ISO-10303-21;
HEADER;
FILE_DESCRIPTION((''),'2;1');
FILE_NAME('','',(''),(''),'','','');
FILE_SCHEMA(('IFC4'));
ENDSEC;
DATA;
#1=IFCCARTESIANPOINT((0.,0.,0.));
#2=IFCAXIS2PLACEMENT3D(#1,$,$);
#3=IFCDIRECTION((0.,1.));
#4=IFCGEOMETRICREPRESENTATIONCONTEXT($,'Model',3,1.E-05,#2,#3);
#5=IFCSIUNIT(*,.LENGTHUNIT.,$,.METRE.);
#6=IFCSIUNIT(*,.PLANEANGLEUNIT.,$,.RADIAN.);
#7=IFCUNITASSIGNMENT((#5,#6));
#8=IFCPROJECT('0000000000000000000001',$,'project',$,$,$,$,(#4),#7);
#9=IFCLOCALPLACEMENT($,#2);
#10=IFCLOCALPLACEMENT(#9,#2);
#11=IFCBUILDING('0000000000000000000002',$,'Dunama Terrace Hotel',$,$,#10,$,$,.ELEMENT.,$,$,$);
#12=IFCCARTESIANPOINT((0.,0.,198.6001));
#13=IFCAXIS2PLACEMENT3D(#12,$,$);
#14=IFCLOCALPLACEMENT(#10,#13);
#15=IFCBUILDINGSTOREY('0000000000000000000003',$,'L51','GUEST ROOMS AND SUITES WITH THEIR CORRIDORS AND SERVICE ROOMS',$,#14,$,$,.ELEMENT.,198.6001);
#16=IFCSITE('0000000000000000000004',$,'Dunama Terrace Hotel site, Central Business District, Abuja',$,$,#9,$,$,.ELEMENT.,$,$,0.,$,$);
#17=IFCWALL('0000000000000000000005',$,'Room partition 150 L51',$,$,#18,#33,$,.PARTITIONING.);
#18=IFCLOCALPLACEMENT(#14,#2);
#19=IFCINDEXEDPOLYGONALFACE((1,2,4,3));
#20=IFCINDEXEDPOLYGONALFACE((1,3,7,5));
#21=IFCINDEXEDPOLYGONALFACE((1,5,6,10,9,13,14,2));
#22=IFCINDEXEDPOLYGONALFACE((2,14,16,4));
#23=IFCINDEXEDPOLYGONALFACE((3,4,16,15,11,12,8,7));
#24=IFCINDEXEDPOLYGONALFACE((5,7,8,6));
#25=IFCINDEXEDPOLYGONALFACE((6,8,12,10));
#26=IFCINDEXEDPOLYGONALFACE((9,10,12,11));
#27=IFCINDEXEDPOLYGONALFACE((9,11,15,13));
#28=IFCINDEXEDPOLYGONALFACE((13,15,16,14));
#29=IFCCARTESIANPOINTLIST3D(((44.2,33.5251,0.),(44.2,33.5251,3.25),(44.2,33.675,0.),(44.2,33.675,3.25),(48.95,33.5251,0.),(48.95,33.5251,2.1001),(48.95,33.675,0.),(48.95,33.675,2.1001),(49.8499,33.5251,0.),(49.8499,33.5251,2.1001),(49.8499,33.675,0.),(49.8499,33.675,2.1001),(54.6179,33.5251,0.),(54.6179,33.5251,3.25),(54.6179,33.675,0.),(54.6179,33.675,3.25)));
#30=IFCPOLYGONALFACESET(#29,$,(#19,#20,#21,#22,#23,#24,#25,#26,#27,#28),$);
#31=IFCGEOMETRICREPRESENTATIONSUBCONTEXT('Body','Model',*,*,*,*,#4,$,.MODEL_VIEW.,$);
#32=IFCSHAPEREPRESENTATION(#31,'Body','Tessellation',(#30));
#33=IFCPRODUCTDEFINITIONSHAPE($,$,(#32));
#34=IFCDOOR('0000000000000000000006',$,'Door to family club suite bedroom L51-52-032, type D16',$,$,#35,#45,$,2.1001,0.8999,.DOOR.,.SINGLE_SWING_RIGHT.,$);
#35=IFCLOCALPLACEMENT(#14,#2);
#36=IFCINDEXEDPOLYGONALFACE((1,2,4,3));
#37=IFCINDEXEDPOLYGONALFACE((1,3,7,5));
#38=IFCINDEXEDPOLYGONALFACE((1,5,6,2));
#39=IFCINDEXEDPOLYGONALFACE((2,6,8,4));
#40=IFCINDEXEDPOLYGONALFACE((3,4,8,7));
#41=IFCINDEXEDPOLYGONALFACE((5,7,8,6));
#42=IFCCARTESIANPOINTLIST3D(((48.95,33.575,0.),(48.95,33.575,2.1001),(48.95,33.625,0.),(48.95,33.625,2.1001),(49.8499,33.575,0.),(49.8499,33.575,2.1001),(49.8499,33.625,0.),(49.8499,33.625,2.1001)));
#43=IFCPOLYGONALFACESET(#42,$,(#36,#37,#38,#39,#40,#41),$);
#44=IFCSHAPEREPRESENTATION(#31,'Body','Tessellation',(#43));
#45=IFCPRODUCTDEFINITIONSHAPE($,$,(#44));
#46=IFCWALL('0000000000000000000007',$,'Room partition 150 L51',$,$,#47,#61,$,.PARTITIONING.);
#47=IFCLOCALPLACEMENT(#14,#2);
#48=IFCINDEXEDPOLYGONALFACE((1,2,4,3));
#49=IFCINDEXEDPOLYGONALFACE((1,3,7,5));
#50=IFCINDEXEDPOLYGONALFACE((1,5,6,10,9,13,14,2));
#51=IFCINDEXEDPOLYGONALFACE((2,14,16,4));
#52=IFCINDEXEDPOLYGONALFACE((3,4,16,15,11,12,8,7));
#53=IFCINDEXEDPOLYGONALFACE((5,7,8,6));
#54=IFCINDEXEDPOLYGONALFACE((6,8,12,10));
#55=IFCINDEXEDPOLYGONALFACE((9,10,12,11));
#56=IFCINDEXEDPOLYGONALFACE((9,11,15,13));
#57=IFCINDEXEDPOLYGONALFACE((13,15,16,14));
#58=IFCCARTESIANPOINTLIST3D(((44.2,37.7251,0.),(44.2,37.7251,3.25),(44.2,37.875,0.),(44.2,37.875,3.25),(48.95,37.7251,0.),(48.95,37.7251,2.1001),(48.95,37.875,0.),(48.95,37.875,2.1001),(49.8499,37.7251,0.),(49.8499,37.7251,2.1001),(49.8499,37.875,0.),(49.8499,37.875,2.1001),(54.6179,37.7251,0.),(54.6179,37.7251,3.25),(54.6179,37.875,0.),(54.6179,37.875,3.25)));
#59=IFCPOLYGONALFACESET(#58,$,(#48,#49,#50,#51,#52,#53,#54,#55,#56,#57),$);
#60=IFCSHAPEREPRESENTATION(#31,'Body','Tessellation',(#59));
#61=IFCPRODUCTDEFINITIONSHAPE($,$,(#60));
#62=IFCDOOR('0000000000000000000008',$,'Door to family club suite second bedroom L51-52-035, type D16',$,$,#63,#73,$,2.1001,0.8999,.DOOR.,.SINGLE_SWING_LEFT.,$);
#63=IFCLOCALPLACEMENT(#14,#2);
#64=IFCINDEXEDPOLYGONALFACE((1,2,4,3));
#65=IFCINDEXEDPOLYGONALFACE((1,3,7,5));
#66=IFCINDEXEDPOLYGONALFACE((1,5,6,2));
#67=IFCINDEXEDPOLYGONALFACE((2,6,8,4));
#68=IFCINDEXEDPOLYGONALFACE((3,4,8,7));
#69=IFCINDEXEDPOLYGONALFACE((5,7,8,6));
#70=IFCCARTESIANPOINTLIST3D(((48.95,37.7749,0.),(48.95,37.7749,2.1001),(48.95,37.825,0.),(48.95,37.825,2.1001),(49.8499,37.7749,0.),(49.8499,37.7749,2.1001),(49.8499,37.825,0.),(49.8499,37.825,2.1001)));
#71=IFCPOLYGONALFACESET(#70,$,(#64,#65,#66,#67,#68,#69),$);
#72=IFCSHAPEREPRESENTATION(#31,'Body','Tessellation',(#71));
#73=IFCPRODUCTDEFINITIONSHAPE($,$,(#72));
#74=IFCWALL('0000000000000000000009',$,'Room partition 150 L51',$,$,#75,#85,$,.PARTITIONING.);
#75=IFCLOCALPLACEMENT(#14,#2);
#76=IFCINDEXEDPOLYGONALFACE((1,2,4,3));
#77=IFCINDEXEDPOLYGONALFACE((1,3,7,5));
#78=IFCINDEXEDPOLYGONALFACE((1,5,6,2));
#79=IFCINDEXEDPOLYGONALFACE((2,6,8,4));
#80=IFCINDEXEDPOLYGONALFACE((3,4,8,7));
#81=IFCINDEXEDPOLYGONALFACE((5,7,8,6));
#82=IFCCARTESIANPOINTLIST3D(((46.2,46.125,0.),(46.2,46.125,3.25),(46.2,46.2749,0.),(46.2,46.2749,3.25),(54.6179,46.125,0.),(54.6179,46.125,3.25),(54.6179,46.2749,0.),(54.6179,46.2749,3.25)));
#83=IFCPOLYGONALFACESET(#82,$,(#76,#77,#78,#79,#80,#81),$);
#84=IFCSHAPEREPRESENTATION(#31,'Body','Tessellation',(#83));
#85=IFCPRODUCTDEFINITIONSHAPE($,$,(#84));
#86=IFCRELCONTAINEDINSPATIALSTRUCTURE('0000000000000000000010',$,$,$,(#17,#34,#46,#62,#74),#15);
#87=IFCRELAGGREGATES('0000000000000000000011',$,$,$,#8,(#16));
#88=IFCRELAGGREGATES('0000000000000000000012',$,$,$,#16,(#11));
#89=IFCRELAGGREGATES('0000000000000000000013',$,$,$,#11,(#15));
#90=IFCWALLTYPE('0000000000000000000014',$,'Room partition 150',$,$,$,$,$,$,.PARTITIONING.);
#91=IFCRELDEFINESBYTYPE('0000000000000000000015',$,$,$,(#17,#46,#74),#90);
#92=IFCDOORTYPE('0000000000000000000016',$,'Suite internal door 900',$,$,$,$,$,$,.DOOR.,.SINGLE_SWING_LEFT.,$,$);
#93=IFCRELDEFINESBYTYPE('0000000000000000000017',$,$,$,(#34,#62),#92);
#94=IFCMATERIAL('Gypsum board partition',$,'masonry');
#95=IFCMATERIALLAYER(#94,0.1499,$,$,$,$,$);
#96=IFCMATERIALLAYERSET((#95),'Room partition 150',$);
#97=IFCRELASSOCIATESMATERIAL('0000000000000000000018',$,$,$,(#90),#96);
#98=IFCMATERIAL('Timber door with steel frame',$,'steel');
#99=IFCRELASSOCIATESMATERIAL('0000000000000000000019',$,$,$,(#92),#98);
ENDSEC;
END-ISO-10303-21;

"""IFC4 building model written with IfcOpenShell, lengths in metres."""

from ifc_helpers import new_model, si_unit, direction, frame, frame_2d, origin, place, context, subcontext, project, spatial, rectangle, extrude, material, layer, layer_set, type_object, element, fill, save


model = new_model("IFC4")

# Units and contexts
model_context = context("Model", 3, precision=1e-05, world=origin(), true_north=direction((0.0, 1.0)))
body_context = subcontext(model_context, "Body", "Model", "MODEL_VIEW")
ifc_project = project(units=[si_unit("LENGTHUNIT", "METRE"), si_unit("PLANEANGLEUNIT", "RADIAN")], contexts=[model_context])

# Site, building, storey
site_placement = place(None, origin())
site = spatial("IfcSite", under=ifc_project, at=site_placement, Name="Dunama Terrace Hotel site, Central Business District, Abuja", CompositionType="ELEMENT", RefElevation=0.0)
building_placement = place(site_placement, origin())
building = spatial("IfcBuilding", under=site, at=building_placement, Name="Dunama Terrace Hotel", CompositionType="ELEMENT")
storey_placement = place(building_placement, frame((0.0, 0.0, 198.6001)))
storey = spatial("IfcBuildingStorey", under=building, at=storey_placement, Name="L51", Description="GUEST ROOMS AND SUITES WITH THEIR CORRIDORS AND SERVICE ROOMS", CompositionType="ELEMENT", Elevation=198.6001)

# Shared definitions
ifc_material_1 = material(Name="Gypsum board partition", Category="masonry")
ifc_layer_1 = layer(ifc_material_1, 0.1499)
ifc_layer_set_1 = layer_set([ifc_layer_1], Name="Room partition 150")
wall_type_1 = type_object("IfcWallType", Name="Room partition 150", PredefinedType="PARTITIONING", material=ifc_layer_set_1)
ifc_material_2 = material(Name="Timber door with steel frame", Category="steel")
door_type_1 = type_object("IfcDoorType", Name="Suite internal door 900", OperationType="SINGLE_SWING_LEFT", PredefinedType="DOOR", material=ifc_material_2)

# Walls, openings, doors
wall_1_placement = place(storey_placement, frame((44.2, 33.6001, 0.0), z_axis=(0.0, 0.0, 1.0), x_axis=(1.0, 0.0, 0.0)))
wall_1 = element("IfcWall", 1, at=wall_1_placement, inside=storey, type_object=wall_type_1, Name="Room partition 150 L51", PredefinedType="PARTITIONING", context=body_context, shape_type="SweptSolid", body=[
    extrude(rectangle(XDim=10.418, YDim=0.1499, at=frame_2d((5.209, 0.0))), origin(), (0.0, 0.0, 1.0), 3.25),
])
opening_1_placement = place(wall_1_placement, frame((4.75, 0.0, 0.0)))
opening_1 = element("IfcOpeningElement", 2, at=opening_1_placement, cuts=wall_1, PredefinedType="OPENING", context=body_context, shape_type="SweptSolid", body=[
    extrude(rectangle(XDim=0.8999, YDim=2.1001, at=frame_2d((0.45, 1.05))), frame((0.0, 0.085, 0.0), z_axis=(0.0, -1.0, 0.0), x_axis=(1.0, 0.0, 0.0)), (0.0, 0.0, 1.0), 0.1699),
])
door_1_placement = place(opening_1_placement, frame((0.8999, 0.0, 0.0), z_axis=(0.0, 0.0, 1.0), x_axis=(-1.0, 0.0, 0.0)))
door_1 = element("IfcDoor", 3, at=door_1_placement, inside=storey, type_object=door_type_1, Name="Door to family club suite bedroom L51-52-032, type D16", OperationType="SINGLE_SWING_RIGHT", OverallHeight=2.1001, OverallWidth=0.8999, PredefinedType="DOOR", context=body_context, shape_type="SweptSolid", body=[
    extrude(rectangle(XDim=0.8999, YDim=2.1001, at=frame_2d((0.45, 1.05))), frame((0.0, 0.0251, 0.0), z_axis=(0.0, -1.0, 0.0), x_axis=(1.0, 0.0, 0.0)), (0.0, 0.0, 1.0), 0.05),
])
fill(opening_1, door_1)
wall_2_placement = place(storey_placement, frame((44.2, 37.8, 0.0), z_axis=(0.0, 0.0, 1.0), x_axis=(1.0, 0.0, 0.0)))
wall_2 = element("IfcWall", 4, at=wall_2_placement, inside=storey, type_object=wall_type_1, Name="Room partition 150 L51", PredefinedType="PARTITIONING", context=body_context, shape_type="SweptSolid", body=[
    extrude(rectangle(XDim=10.418, YDim=0.1499, at=frame_2d((5.209, 0.0))), origin(), (0.0, 0.0, 1.0), 3.25),
])
opening_2_placement = place(wall_2_placement, frame((4.75, 0.0, 0.0)))
opening_2 = element("IfcOpeningElement", 5, at=opening_2_placement, cuts=wall_2, PredefinedType="OPENING", context=body_context, shape_type="SweptSolid", body=[
    extrude(rectangle(XDim=0.8999, YDim=2.1001, at=frame_2d((0.45, 1.05))), frame((0.0, 0.085, 0.0), z_axis=(0.0, -1.0, 0.0), x_axis=(1.0, 0.0, 0.0)), (0.0, 0.0, 1.0), 0.1699),
])
door_2_placement = place(opening_2_placement, origin())
door_2 = element("IfcDoor", 6, at=door_2_placement, inside=storey, type_object=door_type_1, Name="Door to family club suite second bedroom L51-52-035, type D16", OperationType="SINGLE_SWING_LEFT", OverallHeight=2.1001, OverallWidth=0.8999, PredefinedType="DOOR", context=body_context, shape_type="SweptSolid", body=[
    extrude(rectangle(XDim=0.8999, YDim=2.1001, at=frame_2d((0.45, 1.05))), frame((0.0, 0.0249, 0.0), z_axis=(0.0, -1.0, 0.0), x_axis=(1.0, 0.0, 0.0)), (0.0, 0.0, 1.0), 0.05),
])
fill(opening_2, door_2)

# Wall
wall_3_placement = place(storey_placement, frame((46.2, 46.2, 0.0), z_axis=(0.0, 0.0, 1.0), x_axis=(1.0, 0.0, 0.0)))
element("IfcWall", 7, at=wall_3_placement, inside=storey, type_object=wall_type_1, Name="Room partition 150 L51", PredefinedType="PARTITIONING", context=body_context, shape_type="SweptSolid", body=[
    extrude(rectangle(XDim=8.418, YDim=0.1499, at=frame_2d((4.209, 0.0))), origin(), (0.0, 0.0, 1.0), 3.25),
])

save(model, "model.ifc")
